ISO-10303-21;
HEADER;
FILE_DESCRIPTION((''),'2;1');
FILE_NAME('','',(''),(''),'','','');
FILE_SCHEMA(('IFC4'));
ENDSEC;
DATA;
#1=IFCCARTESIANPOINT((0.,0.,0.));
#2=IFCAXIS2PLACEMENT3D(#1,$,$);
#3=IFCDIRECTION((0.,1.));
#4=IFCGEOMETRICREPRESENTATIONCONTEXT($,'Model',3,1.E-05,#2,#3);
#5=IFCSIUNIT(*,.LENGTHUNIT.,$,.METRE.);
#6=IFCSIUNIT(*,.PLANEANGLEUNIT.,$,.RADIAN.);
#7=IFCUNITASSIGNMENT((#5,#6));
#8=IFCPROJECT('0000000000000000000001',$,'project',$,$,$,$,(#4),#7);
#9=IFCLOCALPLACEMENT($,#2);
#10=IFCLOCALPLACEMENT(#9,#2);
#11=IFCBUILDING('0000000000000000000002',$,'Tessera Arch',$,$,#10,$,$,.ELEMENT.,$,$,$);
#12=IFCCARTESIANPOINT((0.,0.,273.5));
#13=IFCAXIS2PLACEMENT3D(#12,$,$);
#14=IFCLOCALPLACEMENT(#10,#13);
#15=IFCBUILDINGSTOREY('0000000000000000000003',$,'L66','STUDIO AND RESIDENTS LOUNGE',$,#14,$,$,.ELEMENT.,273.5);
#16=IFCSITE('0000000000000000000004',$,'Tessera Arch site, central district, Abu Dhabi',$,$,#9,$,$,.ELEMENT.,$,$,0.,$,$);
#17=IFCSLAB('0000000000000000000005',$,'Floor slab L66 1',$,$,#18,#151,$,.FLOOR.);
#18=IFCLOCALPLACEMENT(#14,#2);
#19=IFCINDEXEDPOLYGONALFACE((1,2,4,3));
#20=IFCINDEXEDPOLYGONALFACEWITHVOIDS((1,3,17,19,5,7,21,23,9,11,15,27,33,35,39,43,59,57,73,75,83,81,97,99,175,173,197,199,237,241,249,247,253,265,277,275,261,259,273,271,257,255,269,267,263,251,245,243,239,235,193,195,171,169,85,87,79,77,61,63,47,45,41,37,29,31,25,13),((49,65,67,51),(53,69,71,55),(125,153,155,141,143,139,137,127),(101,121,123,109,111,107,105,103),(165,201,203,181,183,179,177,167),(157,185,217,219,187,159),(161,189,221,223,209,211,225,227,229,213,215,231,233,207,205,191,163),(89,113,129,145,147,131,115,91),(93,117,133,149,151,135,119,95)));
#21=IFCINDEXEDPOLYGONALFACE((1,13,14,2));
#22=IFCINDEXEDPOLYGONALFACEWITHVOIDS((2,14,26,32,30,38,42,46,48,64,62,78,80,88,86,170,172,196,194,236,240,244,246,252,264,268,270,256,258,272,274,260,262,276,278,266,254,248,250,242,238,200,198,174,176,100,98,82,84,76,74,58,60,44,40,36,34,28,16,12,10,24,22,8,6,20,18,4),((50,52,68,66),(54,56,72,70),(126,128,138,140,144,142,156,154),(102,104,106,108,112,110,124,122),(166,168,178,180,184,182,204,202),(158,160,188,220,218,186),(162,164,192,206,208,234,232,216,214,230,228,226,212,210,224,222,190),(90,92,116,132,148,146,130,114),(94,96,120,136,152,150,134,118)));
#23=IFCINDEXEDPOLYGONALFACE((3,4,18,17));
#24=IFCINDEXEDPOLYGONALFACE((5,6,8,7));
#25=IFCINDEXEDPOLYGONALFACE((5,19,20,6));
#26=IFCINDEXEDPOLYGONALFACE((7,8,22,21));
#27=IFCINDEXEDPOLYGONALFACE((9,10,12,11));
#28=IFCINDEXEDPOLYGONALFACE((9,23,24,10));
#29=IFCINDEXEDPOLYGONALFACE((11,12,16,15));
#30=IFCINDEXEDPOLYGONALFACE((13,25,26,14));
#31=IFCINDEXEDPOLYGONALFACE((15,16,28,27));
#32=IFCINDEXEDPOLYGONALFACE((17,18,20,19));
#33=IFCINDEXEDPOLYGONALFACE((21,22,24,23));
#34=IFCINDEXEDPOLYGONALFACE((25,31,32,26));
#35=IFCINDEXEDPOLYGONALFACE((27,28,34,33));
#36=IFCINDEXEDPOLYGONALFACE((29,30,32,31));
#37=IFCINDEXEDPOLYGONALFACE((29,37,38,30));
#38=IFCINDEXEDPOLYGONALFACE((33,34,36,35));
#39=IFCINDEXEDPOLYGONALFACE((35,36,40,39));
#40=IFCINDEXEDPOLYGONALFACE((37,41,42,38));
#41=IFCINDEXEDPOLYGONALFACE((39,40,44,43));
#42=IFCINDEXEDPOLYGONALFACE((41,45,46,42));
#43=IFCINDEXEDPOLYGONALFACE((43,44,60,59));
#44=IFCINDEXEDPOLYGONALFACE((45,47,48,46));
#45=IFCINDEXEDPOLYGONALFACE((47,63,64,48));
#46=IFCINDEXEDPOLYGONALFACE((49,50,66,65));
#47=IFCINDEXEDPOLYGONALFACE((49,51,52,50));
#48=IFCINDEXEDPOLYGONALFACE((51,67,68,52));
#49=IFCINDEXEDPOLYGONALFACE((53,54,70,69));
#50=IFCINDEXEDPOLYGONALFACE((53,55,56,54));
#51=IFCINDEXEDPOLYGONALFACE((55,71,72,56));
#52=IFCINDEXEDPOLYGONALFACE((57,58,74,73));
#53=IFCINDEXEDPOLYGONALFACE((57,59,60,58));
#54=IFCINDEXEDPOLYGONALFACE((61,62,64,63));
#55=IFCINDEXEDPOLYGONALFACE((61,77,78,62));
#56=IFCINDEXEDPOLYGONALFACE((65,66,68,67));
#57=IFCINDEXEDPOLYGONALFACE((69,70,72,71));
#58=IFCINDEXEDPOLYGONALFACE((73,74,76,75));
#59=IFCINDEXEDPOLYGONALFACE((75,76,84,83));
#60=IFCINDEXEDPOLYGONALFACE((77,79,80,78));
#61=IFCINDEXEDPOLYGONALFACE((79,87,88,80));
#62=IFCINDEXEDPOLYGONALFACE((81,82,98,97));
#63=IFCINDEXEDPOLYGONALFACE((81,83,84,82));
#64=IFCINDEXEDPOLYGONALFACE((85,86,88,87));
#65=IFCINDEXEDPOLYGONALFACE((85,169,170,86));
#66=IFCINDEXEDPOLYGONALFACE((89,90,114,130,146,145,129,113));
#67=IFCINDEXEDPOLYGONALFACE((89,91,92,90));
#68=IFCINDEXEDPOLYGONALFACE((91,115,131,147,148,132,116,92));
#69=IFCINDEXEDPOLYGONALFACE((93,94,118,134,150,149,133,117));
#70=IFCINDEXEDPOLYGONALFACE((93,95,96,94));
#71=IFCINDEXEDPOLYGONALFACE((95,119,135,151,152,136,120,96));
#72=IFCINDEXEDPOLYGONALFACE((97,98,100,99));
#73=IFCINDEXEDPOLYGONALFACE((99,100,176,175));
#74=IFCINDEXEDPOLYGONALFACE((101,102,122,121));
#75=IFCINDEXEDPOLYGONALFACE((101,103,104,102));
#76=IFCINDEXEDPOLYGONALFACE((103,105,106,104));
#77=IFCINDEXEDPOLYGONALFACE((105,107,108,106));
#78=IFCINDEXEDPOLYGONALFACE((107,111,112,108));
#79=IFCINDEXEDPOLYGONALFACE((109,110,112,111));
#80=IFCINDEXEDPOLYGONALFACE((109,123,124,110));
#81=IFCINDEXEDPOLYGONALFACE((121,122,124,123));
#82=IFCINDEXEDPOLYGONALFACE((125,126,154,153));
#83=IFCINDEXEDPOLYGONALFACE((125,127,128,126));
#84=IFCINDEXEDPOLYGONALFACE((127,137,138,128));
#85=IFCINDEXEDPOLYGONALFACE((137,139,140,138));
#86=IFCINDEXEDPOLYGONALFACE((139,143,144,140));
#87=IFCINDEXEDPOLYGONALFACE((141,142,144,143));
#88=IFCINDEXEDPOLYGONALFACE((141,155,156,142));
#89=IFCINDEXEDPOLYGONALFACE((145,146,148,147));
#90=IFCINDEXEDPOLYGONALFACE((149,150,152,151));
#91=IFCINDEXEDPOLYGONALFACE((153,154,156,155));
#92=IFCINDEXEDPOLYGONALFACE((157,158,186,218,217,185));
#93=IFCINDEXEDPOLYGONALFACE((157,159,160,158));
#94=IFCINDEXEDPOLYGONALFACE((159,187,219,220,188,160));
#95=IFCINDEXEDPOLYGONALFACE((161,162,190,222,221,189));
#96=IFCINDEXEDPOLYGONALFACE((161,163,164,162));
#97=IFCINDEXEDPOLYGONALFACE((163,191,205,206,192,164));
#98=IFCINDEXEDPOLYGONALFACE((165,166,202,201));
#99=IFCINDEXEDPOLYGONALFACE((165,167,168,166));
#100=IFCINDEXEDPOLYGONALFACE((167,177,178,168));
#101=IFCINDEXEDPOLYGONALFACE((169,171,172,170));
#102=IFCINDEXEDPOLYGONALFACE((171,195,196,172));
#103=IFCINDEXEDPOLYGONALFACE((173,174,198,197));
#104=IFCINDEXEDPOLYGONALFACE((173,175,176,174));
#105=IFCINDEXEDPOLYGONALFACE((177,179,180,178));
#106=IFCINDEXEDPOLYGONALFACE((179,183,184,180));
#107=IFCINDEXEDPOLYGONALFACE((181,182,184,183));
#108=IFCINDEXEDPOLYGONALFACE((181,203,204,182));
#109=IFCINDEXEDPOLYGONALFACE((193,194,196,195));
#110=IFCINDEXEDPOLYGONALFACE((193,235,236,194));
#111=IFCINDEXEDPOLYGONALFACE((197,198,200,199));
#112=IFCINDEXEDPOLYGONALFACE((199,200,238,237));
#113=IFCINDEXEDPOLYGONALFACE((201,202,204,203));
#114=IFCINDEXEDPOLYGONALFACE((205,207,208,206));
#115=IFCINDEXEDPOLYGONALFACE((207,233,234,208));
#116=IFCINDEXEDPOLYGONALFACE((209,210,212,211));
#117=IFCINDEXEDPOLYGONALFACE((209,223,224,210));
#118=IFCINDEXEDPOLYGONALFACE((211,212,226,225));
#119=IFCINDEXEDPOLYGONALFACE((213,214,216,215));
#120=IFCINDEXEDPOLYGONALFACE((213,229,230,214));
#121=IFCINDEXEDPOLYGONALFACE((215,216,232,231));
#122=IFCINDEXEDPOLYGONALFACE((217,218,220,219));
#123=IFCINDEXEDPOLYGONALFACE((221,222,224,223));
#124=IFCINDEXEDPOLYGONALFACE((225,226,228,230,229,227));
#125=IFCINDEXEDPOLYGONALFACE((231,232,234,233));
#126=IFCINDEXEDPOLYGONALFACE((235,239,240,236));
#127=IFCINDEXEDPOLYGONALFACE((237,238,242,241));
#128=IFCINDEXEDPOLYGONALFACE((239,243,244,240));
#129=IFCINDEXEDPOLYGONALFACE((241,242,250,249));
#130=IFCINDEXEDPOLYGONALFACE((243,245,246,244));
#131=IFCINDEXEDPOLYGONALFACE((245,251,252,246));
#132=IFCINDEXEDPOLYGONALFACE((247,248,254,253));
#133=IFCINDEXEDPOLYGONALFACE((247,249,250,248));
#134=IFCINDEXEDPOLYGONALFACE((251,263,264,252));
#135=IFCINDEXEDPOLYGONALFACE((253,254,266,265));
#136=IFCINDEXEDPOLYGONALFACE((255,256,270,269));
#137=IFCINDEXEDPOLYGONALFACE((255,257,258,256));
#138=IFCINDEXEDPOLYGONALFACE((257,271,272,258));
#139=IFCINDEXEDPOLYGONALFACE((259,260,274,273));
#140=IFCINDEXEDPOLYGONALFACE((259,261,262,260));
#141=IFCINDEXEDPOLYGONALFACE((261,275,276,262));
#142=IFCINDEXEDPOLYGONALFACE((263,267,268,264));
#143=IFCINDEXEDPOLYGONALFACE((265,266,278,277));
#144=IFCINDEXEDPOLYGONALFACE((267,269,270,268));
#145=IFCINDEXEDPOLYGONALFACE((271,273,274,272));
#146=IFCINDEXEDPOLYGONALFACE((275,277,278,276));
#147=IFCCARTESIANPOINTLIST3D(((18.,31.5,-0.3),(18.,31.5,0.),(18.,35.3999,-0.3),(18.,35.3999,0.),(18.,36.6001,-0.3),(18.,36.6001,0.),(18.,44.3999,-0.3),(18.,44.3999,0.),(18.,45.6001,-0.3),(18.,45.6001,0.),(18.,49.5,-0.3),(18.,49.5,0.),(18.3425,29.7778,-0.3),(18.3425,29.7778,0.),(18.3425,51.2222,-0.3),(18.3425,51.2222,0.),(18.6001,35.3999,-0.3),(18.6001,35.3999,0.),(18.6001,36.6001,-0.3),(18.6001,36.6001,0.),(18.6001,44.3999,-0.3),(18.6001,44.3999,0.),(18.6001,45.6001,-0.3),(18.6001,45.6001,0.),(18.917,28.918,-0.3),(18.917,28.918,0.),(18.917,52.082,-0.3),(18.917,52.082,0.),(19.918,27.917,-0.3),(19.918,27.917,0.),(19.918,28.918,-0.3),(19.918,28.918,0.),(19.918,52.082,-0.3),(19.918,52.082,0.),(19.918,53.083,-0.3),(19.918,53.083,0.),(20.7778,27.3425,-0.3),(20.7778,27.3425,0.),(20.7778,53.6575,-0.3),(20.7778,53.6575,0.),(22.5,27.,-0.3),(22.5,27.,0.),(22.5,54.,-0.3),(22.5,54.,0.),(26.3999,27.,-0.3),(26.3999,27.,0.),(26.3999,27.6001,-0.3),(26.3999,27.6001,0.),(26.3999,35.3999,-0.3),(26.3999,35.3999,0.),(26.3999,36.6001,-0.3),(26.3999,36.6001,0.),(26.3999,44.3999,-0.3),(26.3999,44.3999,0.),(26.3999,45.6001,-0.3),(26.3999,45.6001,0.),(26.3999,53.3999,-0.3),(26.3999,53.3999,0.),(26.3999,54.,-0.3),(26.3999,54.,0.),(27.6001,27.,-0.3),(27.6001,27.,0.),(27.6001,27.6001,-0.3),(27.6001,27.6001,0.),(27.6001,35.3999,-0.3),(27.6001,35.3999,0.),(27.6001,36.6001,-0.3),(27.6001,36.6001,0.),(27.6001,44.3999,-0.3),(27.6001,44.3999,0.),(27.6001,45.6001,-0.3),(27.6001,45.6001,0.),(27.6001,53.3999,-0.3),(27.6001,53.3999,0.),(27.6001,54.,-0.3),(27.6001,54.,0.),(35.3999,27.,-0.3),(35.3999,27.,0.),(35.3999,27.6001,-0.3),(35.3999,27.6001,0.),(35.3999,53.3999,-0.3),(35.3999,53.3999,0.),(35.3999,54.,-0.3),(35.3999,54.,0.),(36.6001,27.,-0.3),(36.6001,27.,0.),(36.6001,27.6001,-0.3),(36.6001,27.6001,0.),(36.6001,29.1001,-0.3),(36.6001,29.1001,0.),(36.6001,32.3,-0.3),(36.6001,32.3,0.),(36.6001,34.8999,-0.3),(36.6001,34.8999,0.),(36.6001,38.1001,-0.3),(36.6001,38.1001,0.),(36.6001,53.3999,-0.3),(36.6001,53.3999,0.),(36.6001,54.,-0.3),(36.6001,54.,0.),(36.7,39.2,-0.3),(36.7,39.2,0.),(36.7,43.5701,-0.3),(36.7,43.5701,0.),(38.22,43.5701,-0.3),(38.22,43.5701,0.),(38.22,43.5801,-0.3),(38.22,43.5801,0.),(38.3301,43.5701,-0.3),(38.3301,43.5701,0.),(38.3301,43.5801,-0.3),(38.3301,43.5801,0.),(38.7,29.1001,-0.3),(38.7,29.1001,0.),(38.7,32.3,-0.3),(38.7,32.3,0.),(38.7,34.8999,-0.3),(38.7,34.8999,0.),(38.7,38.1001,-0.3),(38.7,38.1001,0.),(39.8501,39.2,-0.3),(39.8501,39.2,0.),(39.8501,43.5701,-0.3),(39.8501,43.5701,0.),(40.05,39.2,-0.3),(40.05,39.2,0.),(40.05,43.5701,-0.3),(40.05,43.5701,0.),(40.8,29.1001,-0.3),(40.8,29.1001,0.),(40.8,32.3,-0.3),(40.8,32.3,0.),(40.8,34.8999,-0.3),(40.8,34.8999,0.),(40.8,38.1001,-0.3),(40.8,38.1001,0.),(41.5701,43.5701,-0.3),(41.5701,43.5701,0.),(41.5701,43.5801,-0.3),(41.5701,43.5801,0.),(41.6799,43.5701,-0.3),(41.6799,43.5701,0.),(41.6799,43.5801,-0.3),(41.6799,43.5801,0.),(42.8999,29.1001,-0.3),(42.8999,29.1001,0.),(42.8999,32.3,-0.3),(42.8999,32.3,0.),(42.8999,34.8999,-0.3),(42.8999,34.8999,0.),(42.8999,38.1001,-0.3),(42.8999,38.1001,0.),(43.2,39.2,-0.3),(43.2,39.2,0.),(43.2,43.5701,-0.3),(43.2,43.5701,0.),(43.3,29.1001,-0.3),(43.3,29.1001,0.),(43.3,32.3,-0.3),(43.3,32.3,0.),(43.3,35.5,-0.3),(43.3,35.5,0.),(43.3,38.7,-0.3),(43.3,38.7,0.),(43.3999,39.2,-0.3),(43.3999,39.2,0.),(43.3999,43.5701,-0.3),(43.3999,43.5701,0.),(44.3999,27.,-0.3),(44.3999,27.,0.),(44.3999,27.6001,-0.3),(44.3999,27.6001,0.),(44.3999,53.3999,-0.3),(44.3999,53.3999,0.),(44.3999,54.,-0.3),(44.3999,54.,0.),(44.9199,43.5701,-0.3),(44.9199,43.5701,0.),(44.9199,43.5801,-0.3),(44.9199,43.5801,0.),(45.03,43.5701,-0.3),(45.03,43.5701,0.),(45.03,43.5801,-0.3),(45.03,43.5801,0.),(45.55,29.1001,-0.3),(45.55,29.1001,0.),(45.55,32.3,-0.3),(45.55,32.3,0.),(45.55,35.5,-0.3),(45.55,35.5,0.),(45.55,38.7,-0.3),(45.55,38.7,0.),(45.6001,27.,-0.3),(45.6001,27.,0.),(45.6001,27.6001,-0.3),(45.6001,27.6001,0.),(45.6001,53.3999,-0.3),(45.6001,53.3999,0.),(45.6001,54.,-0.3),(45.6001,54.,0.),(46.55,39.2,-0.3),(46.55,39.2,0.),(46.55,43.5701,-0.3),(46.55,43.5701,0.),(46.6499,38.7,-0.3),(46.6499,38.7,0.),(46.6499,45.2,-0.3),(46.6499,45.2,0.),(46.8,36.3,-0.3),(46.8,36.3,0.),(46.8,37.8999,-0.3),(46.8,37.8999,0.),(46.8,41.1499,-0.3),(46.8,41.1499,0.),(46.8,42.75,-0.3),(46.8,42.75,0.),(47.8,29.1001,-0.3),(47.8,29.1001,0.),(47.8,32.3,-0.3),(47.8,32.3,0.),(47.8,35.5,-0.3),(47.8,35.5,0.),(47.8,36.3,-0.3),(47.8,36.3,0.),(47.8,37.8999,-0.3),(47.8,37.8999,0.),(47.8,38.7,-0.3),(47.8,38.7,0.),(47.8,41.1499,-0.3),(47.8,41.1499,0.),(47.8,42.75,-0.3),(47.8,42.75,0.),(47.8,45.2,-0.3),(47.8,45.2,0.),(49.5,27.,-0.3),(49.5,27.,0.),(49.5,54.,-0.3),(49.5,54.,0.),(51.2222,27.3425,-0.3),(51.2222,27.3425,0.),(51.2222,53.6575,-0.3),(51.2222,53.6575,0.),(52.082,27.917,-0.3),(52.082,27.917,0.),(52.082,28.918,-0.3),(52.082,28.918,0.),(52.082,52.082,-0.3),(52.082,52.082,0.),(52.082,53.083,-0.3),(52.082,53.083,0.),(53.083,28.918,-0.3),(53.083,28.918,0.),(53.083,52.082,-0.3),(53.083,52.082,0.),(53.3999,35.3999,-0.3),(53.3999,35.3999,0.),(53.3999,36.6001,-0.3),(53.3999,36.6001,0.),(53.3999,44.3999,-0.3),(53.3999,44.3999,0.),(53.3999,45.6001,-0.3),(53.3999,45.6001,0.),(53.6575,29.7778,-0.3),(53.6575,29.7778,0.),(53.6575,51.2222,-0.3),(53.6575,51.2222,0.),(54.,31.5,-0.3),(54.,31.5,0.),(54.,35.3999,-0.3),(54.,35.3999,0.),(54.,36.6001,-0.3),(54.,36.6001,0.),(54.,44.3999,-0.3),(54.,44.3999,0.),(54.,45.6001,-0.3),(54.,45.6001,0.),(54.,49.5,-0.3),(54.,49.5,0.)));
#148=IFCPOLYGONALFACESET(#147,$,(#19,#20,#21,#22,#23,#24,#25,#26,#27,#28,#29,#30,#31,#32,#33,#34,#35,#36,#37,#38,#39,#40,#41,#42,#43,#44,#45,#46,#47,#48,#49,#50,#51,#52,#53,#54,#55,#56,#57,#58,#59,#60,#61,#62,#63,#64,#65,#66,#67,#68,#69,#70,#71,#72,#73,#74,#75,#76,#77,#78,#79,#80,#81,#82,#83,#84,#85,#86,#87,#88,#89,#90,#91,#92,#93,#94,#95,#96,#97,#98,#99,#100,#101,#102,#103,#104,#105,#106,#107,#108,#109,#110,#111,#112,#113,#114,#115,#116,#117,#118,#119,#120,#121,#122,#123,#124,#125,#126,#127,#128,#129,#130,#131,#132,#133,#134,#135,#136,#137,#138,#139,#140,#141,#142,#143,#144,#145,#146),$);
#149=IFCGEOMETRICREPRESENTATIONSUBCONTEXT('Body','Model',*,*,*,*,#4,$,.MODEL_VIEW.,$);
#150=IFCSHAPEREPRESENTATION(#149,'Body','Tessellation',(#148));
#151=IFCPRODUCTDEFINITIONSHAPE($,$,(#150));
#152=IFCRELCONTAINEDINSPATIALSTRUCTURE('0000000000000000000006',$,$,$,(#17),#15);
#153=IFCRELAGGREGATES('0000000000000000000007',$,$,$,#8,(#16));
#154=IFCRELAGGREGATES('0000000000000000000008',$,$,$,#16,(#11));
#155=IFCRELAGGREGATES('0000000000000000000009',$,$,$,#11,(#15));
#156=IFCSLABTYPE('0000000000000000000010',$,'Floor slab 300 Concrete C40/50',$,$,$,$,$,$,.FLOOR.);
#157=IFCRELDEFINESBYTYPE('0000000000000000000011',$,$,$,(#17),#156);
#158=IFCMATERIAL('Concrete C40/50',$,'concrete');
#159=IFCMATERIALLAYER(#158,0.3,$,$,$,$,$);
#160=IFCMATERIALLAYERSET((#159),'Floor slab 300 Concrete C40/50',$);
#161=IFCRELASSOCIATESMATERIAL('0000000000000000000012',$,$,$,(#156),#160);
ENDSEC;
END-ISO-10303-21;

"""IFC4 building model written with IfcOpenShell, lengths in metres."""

from ifc_helpers import new_model, si_unit, direction, frame, origin, place, context, subcontext, project, spatial, polyline, outline, extrude, material, layer, layer_set, type_object, element, save


model = new_model("IFC4")

# Units and contexts
model_context = context("Model", 3, precision=1e-05, world=origin(), true_north=direction((0.0, 1.0)))
body_context = subcontext(model_context, "Body", "Model", "MODEL_VIEW")
ifc_project = project(units=[si_unit("LENGTHUNIT", "METRE"), si_unit("PLANEANGLEUNIT", "RADIAN")], contexts=[model_context])

# Site, building, storey
site_placement = place(None, origin())
site = spatial("IfcSite", under=ifc_project, at=site_placement, Name="Tessera Arch site, central district, Abu Dhabi", CompositionType="ELEMENT", RefElevation=0.0)
building_placement = place(site_placement, origin())
building = spatial("IfcBuilding", under=site, at=building_placement, Name="Tessera Arch", CompositionType="ELEMENT")
storey_placement = place(building_placement, frame((0.0, 0.0, 273.5)))
storey = spatial("IfcBuildingStorey", under=building, at=storey_placement, Name="L66", Description="STUDIO AND RESIDENTS LOUNGE", CompositionType="ELEMENT", Elevation=273.5)

# Slab
ifc_material_1 = material(Name="Concrete C40/50", Category="concrete")
ifc_layer_1 = layer(ifc_material_1, 0.3)
ifc_layer_set_1 = layer_set([ifc_layer_1], Name="Floor slab 300 Concrete C40/50")
slab_type = type_object("IfcSlabType", Name="Floor slab 300 Concrete C40/50", PredefinedType="FLOOR", material=ifc_layer_set_1)
slab_placement = place(storey_placement, frame((0.0, 0.0, -0.3)))
element("IfcSlab", 1, at=slab_placement, inside=storey, type_object=slab_type, Name="Floor slab L66 1", PredefinedType="FLOOR", context=body_context, shape_type="SweptSolid", body=[
    extrude(outline(polyline([(54.0, 31.5), (53.6575, 29.7778), (53.083, 28.918), (52.082, 28.918), (52.082, 27.917), (51.2222, 27.3425), (49.5, 27.0), (45.6001, 27.0), (45.6001, 27.6001), (44.3999, 27.6001), (44.3999, 27.0), (36.6001, 27.0), (36.6001, 27.6001), (35.3999, 27.6001), (35.3999, 27.0), (27.6001, 27.0), (27.6001, 27.6001), (26.3999, 27.6001), (26.3999, 27.0), (22.5, 27.0), (20.7778, 27.3425), (19.918, 27.917), (19.918, 28.918), (18.917, 28.918), (18.3425, 29.7778), (18.0, 31.5), (18.0, 35.3999), (18.6001, 35.3999), (18.6001, 36.6001), (18.0, 36.6001), (18.0, 44.3999), (18.6001, 44.3999), (18.6001, 45.6001), (18.0, 45.6001), (18.0, 49.5), (18.3425, 51.2222), (18.917, 52.082), (19.918, 52.082), (19.918, 53.083), (20.7778, 53.6575), (22.5, 54.0), (26.3999, 54.0), (26.3999, 53.3999), (27.6001, 53.3999), (27.6001, 54.0), (35.3999, 54.0), (35.3999, 53.3999), (36.6001, 53.3999), (36.6001, 54.0), (44.3999, 54.0), (44.3999, 53.3999), (45.6001, 53.3999), (45.6001, 54.0), (49.5, 54.0), (51.2222, 53.6575), (52.082, 53.083), (52.082, 52.082), (53.083, 52.082), (53.6575, 51.2222), (54.0, 49.5), (54.0, 45.6001), (53.3999, 45.6001), (53.3999, 44.3999), (54.0, 44.3999), (54.0, 36.6001), (53.3999, 36.6001), (53.3999, 35.3999), (54.0, 35.3999), (54.0, 31.5)]), holes=[polyline([(40.8, 29.1001), (42.8999, 29.1001), (42.8999, 32.3), (40.8, 32.3), (38.7, 32.3), (36.6001, 32.3), (36.6001, 29.1001), (38.7, 29.1001), (40.8, 29.1001)]), polyline([(27.6001, 35.3999), (27.6001, 36.6001), (26.3999, 36.6001), (26.3999, 35.3999), (27.6001, 35.3999)]), polyline([(40.8, 34.8999), (42.8999, 34.8999), (42.8999, 38.1001), (40.8, 38.1001), (38.7, 38.1001), (36.6001, 38.1001), (36.6001, 34.8999), (38.7, 34.8999), (40.8, 34.8999)]), polyline([(38.22, 43.5801), (38.22, 43.5701), (36.7, 43.5701), (36.7, 39.2), (39.8501, 39.2), (39.8501, 43.5701), (38.3301, 43.5701), (38.3301, 43.5801), (38.22, 43.5801)]), polyline([(27.6001, 44.3999), (27.6001, 45.6001), (26.3999, 45.6001), (26.3999, 44.3999), (27.6001, 44.3999)]), polyline([(47.8, 32.3), (45.55, 32.3), (43.3, 32.3), (43.3, 29.1001), (45.55, 29.1001), (47.8, 29.1001), (47.8, 32.3)]), polyline([(46.6499, 38.7), (45.55, 38.7), (43.3, 38.7), (43.3, 35.5), (45.55, 35.5), (47.8, 35.5), (47.8, 36.3), (46.8, 36.3), (46.8, 37.8999), (47.8, 37.8999), (47.8, 38.7), (47.8, 41.1499), (46.8, 41.1499), (46.8, 42.75), (47.8, 42.75), (47.8, 45.2), (46.6499, 45.2), (46.6499, 38.7)]), polyline([(41.5701, 43.5801), (41.5701, 43.5701), (40.05, 43.5701), (40.05, 39.2), (43.2, 39.2), (43.2, 43.5701), (41.6799, 43.5701), (41.6799, 43.5801), (41.5701, 43.5801)]), polyline([(44.9199, 43.5801), (44.9199, 43.5701), (43.3999, 43.5701), (43.3999, 39.2), (46.55, 39.2), (46.55, 43.5701), (45.03, 43.5701), (45.03, 43.5801), (44.9199, 43.5801)])]), origin(), (0.0, 0.0, 1.0), 0.3),
])

save(model, "model.ifc")
